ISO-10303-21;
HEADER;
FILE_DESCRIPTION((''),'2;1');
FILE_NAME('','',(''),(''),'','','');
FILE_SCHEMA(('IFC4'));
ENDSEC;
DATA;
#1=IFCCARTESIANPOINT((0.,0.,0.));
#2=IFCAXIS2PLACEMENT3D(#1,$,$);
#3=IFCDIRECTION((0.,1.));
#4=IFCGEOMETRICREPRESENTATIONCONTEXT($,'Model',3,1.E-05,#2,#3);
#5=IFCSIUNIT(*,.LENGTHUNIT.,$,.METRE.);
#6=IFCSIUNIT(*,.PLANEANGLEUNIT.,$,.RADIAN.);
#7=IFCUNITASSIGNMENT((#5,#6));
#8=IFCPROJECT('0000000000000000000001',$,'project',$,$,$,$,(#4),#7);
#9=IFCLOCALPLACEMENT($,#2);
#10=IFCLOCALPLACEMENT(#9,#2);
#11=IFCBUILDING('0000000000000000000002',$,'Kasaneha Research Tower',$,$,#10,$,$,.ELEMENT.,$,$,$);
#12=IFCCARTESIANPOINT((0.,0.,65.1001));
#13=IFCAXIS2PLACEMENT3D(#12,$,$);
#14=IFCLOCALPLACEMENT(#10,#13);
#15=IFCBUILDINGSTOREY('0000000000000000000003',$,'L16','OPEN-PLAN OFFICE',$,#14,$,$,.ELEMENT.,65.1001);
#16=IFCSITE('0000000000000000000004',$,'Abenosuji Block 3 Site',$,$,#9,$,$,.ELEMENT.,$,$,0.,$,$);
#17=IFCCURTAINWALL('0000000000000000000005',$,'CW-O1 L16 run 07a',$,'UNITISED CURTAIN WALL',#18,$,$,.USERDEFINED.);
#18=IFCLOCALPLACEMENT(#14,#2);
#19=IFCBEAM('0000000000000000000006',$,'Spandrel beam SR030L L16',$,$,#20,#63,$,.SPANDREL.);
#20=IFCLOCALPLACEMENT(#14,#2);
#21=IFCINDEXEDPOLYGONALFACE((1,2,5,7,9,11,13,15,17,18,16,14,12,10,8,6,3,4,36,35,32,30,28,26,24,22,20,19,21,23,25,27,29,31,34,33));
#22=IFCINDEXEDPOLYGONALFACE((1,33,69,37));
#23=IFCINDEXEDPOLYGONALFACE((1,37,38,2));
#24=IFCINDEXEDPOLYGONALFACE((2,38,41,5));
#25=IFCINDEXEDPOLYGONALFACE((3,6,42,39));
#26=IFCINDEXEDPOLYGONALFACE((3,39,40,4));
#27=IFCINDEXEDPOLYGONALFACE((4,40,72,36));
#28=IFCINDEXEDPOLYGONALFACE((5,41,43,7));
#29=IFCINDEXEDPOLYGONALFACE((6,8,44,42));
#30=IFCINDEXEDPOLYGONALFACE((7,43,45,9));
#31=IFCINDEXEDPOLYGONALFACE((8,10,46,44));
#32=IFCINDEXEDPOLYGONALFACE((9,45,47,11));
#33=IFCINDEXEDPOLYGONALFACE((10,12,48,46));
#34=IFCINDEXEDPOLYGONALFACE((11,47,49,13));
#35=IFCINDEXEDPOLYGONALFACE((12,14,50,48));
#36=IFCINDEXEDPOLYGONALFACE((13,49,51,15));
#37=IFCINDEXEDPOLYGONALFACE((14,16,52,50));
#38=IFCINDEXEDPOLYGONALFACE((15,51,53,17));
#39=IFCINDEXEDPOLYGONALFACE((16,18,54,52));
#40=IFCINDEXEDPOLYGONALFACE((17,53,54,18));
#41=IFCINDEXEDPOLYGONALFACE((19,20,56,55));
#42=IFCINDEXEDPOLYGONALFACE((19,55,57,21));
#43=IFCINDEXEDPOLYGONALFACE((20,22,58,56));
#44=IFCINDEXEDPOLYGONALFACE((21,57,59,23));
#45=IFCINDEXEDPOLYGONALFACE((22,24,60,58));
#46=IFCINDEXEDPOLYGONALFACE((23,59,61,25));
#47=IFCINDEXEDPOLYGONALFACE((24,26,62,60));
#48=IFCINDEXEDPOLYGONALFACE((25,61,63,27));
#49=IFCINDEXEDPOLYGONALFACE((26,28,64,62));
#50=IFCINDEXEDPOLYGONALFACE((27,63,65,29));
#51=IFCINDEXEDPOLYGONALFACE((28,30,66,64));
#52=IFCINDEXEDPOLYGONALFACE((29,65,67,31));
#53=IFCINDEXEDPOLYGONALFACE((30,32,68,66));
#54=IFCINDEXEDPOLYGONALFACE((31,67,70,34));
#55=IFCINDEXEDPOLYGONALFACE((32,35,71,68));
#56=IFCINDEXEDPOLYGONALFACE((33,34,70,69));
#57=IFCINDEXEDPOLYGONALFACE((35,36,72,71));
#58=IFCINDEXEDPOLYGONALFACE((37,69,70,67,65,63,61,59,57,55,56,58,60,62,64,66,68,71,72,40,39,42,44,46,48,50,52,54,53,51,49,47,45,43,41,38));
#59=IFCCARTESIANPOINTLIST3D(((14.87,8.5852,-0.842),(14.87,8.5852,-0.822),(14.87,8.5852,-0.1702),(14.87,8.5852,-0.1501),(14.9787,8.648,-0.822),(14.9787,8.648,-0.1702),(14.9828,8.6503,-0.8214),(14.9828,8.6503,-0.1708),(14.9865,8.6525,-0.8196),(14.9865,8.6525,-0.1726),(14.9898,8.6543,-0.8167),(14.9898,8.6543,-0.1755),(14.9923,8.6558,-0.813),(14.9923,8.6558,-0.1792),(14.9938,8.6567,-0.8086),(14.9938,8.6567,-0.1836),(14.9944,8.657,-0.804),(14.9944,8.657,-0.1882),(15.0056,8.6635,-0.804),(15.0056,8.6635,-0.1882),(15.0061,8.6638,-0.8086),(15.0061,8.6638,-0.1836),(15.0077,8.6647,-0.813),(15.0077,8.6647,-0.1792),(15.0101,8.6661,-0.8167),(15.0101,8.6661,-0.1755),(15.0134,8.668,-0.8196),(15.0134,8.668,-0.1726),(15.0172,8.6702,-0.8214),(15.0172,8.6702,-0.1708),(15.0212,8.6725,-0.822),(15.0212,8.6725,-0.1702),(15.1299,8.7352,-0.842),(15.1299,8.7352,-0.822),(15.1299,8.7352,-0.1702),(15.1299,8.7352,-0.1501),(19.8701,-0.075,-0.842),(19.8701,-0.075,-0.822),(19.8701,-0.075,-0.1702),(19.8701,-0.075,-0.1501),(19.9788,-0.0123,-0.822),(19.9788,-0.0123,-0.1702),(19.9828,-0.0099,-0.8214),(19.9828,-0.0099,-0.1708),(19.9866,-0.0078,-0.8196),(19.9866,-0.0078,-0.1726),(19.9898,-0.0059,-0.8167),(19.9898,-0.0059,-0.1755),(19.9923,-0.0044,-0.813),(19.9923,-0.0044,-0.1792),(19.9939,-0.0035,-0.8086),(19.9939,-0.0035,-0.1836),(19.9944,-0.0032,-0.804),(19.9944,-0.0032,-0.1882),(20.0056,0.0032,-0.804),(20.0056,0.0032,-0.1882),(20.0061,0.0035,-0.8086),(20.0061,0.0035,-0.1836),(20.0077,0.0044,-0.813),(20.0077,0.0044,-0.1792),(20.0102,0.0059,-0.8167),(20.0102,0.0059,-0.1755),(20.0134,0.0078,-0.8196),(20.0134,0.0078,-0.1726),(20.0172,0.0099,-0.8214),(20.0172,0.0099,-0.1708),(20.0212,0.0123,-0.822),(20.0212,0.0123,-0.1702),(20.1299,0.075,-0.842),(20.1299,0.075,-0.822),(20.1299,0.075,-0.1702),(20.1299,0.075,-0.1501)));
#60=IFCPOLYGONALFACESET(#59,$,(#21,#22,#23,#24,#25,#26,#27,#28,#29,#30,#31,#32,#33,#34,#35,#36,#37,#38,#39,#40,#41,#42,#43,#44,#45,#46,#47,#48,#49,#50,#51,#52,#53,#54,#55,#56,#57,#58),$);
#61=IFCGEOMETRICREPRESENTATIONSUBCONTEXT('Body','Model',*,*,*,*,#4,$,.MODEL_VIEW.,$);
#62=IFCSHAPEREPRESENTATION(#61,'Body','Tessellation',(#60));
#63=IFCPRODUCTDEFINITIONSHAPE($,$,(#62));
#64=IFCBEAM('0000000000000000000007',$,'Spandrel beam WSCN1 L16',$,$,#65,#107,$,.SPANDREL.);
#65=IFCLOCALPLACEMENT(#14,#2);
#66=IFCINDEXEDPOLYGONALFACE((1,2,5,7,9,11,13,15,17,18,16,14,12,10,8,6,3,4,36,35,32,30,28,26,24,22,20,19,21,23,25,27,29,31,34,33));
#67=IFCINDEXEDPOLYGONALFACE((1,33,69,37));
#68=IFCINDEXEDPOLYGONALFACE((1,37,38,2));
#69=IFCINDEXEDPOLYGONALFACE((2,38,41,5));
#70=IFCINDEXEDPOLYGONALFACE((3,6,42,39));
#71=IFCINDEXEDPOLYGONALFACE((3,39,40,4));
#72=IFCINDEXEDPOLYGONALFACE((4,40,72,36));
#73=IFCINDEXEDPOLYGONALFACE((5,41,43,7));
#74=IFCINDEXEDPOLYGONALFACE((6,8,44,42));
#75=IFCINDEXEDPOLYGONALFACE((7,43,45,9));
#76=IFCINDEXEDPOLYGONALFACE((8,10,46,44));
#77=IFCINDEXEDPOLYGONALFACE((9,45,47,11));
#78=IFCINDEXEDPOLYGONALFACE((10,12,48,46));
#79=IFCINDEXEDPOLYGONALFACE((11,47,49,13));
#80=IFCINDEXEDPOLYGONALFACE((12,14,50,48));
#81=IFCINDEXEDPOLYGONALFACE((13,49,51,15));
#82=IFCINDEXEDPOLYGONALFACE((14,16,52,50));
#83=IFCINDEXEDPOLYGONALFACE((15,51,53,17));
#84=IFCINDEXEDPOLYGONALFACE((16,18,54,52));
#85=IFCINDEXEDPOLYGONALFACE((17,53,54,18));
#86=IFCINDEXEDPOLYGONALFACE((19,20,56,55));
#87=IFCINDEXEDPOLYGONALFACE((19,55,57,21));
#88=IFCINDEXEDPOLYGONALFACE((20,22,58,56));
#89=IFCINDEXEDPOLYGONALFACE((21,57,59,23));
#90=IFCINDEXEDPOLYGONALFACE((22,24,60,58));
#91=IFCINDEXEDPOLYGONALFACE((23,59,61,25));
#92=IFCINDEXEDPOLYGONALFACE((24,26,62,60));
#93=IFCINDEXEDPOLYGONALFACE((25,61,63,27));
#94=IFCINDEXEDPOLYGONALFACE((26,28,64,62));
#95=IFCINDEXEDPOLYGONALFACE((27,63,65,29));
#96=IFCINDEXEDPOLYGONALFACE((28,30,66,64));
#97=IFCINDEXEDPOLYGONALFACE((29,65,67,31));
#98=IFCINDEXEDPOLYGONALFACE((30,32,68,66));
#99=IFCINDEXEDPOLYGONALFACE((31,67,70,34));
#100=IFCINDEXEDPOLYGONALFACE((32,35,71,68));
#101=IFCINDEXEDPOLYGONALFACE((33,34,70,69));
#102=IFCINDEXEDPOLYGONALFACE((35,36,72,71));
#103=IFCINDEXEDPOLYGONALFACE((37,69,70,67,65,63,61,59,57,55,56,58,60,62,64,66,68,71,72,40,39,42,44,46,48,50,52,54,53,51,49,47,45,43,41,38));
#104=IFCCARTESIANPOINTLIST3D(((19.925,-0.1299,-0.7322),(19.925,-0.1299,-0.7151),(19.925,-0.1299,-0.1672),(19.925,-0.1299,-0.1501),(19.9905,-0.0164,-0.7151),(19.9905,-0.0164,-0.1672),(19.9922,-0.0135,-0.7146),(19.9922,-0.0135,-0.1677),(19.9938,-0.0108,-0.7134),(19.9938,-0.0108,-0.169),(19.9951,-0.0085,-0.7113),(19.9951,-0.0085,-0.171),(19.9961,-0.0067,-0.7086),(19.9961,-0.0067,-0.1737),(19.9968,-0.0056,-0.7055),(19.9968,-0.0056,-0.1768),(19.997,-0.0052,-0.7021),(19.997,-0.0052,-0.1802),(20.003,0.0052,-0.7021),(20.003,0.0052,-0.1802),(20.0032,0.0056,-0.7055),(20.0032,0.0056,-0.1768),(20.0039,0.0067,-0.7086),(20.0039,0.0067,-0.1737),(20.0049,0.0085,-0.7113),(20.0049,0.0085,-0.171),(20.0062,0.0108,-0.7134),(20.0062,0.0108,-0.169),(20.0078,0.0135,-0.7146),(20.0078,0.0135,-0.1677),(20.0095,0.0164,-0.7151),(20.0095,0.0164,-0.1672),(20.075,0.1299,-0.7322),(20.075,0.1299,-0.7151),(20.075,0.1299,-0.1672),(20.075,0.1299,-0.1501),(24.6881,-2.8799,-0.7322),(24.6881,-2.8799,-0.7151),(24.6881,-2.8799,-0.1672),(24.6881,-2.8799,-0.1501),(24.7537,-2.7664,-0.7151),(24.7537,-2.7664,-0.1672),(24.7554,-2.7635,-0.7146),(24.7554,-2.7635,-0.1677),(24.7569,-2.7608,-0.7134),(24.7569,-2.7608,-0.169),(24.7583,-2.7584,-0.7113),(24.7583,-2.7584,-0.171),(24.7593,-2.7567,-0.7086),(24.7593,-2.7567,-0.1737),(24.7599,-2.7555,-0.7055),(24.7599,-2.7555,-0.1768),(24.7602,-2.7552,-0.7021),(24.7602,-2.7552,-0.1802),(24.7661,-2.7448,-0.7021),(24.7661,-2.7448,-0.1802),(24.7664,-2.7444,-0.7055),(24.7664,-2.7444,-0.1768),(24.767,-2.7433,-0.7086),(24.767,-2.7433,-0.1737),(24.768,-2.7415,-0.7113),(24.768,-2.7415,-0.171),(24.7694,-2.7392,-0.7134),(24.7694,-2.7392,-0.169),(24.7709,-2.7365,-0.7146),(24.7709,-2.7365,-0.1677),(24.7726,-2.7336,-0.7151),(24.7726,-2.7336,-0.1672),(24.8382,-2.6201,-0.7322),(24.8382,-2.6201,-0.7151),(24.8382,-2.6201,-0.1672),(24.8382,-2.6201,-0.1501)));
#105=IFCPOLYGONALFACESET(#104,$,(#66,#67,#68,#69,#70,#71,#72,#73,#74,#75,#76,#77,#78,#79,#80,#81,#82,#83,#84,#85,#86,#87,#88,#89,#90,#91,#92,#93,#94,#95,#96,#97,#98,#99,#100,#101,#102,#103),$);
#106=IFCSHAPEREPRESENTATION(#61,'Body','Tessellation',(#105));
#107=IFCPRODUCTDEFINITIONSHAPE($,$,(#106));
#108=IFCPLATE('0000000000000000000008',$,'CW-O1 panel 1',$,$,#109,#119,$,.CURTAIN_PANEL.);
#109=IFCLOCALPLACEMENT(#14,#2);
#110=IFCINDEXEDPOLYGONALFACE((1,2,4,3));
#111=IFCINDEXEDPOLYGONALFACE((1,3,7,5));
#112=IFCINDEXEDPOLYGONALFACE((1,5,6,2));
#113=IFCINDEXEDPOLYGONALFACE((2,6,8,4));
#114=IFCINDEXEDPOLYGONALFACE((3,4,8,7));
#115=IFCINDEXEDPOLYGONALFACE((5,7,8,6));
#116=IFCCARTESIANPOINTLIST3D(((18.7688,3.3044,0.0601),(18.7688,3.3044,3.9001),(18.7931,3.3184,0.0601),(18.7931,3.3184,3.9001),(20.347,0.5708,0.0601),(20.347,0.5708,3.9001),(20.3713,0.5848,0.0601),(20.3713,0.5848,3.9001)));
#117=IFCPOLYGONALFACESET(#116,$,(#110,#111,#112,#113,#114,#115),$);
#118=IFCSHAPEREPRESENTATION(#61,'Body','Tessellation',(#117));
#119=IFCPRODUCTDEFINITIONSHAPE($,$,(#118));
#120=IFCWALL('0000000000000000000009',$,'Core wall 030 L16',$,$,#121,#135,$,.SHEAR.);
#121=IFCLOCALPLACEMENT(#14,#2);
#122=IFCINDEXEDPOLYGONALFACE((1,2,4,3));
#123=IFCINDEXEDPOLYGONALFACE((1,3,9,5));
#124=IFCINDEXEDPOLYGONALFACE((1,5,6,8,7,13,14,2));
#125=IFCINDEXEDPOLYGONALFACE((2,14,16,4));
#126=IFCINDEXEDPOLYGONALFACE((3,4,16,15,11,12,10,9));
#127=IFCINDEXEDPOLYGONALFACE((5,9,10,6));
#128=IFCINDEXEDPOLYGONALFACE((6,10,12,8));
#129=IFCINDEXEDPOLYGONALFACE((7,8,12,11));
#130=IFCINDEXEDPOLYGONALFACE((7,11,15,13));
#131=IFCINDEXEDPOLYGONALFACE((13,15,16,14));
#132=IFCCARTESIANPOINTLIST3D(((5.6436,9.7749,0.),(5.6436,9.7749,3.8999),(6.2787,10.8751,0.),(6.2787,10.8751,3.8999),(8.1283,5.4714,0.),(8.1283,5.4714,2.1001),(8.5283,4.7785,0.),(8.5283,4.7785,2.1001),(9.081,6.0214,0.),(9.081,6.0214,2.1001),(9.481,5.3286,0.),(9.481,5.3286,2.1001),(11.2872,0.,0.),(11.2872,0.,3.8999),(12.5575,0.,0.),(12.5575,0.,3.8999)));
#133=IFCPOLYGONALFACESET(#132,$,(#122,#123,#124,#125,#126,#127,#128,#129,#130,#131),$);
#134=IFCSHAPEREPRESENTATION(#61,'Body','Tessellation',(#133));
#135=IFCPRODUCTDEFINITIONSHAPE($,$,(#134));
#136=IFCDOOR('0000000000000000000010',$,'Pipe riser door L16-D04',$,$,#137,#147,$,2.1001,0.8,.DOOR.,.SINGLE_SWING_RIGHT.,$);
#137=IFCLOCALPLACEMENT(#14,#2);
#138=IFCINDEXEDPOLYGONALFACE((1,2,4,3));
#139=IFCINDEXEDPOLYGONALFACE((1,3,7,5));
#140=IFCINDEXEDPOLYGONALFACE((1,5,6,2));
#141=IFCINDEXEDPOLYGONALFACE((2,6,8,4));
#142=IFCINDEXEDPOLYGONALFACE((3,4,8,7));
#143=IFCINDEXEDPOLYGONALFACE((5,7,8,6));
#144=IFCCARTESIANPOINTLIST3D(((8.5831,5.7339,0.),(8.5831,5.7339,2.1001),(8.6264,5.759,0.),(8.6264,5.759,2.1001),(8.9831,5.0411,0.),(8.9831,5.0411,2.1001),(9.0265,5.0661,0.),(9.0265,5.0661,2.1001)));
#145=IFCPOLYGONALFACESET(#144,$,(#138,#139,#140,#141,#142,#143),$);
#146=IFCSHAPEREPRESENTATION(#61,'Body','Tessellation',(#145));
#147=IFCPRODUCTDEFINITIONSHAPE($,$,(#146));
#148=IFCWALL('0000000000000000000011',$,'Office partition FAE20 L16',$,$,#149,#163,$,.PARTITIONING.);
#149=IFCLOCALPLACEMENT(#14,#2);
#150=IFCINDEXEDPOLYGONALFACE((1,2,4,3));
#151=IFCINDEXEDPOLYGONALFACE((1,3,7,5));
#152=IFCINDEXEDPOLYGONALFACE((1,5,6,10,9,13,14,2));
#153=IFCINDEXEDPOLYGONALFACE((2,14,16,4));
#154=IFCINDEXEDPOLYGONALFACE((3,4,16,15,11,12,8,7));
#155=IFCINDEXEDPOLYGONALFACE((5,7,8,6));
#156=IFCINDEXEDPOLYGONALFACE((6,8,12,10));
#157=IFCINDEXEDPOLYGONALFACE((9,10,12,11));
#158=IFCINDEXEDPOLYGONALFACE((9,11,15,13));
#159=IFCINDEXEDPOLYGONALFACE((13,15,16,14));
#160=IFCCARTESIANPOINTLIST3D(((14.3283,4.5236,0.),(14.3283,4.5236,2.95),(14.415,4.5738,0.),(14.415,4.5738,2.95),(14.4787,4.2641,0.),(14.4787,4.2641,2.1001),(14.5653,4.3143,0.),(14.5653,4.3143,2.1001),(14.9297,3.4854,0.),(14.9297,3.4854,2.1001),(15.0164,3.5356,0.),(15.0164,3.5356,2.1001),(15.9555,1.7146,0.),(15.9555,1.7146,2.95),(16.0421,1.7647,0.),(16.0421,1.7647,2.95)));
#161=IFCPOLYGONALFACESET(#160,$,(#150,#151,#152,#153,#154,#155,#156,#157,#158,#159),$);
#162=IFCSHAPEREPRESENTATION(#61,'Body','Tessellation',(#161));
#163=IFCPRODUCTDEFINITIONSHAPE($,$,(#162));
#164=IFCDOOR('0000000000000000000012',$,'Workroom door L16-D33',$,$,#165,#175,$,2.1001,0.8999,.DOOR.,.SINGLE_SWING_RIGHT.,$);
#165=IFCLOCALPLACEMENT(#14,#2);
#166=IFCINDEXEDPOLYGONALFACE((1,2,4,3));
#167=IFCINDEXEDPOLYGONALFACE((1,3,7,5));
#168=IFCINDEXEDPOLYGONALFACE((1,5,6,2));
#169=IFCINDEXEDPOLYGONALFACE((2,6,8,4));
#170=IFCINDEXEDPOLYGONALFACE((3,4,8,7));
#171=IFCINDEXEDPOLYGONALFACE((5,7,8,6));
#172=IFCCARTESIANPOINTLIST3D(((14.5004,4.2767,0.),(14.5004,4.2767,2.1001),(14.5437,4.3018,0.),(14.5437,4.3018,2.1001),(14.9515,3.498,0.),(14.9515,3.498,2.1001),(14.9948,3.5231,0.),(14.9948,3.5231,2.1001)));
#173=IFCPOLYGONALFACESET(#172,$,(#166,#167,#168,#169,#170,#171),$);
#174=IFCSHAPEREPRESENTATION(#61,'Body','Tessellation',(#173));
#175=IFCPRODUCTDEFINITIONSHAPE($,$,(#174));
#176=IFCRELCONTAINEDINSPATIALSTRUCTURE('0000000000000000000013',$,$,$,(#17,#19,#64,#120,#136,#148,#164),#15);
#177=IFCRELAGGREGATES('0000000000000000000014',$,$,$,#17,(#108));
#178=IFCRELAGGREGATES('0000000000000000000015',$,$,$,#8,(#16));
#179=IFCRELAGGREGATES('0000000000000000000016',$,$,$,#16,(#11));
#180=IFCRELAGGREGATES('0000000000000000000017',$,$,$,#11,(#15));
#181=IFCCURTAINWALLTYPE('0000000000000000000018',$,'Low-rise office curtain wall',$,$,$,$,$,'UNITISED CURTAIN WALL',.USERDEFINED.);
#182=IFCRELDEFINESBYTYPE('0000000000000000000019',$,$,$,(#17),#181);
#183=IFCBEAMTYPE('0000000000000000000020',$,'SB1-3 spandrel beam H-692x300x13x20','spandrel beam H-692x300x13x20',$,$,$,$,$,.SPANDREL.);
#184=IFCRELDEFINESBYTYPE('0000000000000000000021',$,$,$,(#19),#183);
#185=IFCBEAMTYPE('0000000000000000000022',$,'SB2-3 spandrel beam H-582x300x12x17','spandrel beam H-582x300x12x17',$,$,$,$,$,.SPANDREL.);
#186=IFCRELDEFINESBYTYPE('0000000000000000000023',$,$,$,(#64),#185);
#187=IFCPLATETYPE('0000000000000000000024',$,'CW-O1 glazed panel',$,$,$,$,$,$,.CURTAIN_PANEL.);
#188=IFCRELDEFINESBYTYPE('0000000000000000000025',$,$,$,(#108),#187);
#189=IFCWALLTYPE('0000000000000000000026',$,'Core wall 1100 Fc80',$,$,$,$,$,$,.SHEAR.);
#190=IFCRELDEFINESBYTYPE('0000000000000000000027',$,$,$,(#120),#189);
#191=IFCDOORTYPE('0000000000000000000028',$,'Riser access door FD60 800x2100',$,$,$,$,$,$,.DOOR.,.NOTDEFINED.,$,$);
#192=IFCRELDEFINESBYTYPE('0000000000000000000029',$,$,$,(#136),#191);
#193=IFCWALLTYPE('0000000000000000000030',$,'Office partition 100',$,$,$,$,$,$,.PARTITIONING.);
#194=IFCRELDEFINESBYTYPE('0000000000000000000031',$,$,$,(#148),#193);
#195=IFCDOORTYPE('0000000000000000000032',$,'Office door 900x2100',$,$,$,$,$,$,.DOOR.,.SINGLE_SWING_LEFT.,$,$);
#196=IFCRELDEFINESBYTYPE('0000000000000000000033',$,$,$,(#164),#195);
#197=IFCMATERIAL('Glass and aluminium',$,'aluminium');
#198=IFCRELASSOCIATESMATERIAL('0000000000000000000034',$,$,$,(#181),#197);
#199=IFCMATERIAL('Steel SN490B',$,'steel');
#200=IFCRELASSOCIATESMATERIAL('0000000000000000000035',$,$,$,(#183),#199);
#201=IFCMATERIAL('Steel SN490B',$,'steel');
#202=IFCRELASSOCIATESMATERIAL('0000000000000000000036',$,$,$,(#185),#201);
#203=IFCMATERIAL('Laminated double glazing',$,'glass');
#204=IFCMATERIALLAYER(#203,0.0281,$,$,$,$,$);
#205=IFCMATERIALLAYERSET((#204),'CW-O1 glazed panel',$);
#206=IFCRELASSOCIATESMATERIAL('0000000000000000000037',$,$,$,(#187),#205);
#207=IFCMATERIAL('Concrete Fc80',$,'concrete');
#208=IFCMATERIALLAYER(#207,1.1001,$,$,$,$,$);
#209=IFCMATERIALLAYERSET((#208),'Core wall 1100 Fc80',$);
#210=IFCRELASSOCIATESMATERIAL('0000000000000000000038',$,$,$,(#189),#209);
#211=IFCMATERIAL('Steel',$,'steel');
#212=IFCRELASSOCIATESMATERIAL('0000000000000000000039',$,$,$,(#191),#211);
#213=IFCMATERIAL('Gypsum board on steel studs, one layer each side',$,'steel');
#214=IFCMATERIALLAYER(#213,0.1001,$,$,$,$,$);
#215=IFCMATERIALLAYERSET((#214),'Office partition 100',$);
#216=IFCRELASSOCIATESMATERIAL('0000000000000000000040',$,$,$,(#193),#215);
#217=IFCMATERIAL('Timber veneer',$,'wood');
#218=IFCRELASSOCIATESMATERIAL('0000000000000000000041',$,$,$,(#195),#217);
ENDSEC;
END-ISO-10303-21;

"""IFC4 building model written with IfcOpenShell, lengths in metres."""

from ifc_helpers import new_model, si_unit, direction, frame, frame_2d, origin, origin_2d, place, context, subcontext, project, spatial, polyline, rectangle, i_section, outline, extrude, material, layer, layer_set, material_profile, profile_set, type_object, element, fill, aggregate, save


model = new_model("IFC4")

# Units and contexts
model_context = context("Model", 3, precision=1e-05, world=origin(), true_north=direction((0.0, 1.0)))
body_context = subcontext(model_context, "Body", "Model", "MODEL_VIEW")
ifc_project = project(units=[si_unit("LENGTHUNIT", "METRE"), si_unit("PLANEANGLEUNIT", "RADIAN")], contexts=[model_context])

# Site, building, storey
site_placement = place(None, origin())
site = spatial("IfcSite", under=ifc_project, at=site_placement, Name="Abenosuji Block 3 Site", CompositionType="ELEMENT", RefElevation=0.0)
building_placement = place(site_placement, origin())
building = spatial("IfcBuilding", under=site, at=building_placement, Name="Kasaneha Research Tower", CompositionType="ELEMENT")
storey_placement = place(building_placement, frame((0.0, 0.0, 65.1001)))
storey = spatial("IfcBuildingStorey", under=building, at=storey_placement, Name="L16", Description="OPEN-PLAN OFFICE", CompositionType="ELEMENT", Elevation=65.1001)

# Shared definitions
ifc_material_1 = material(Name="Glass and aluminium", Category="aluminium")
curtain_wall_type = type_object("IfcCurtainWallType", Name="Low-rise office curtain wall", ElementType="UNITISED CURTAIN WALL", PredefinedType="USERDEFINED", material=ifc_material_1)

# Curtain wall
curtain_wall_1_placement = place(storey_placement, origin())
curtain_wall_1 = element("IfcCurtainWall", 1, at=curtain_wall_1_placement, inside=storey, type_object=curtain_wall_type, Name="CW-O1 L16 run 07a", ObjectType="UNITISED CURTAIN WALL", PredefinedType="USERDEFINED")

# Beams
ifc_material_2 = material(Name="Steel SN490B", Category="steel")
ifc_material_profile_1 = material_profile(ifc_material_2, i_section(OverallWidth=0.3, OverallDepth=0.6919, WebThickness=0.0129, FlangeThickness=0.02, FilletRadius=0.0181, at=origin_2d()), Name="H-692x300x13x20")
ifc_profile_set_1 = profile_set([ifc_material_profile_1], Name="Steel SN490B")
beam_type_1 = type_object("IfcBeamType", Name="SB1-3 spandrel beam H-692x300x13x20", Description="spandrel beam H-692x300x13x20", PredefinedType="SPANDREL", material=ifc_profile_set_1)
beam_1_placement = place(storey_placement, frame((20.0, 0.0, -0.4961), z_axis=(-0.500004, 0.866023, 0.0), x_axis=(-0.866023, -0.500004, 0.0)))
element("IfcBeam", 2, at=beam_1_placement, inside=storey, type_object=beam_type_1, Name="Spandrel beam SR030L L16", PredefinedType="SPANDREL", context=body_context, shape_type="SweptSolid", body=[
    extrude(i_section(OverallWidth=0.3, OverallDepth=0.6919, WebThickness=0.0129, FlangeThickness=0.02, FilletRadius=0.0181, at=origin_2d()), origin(), (0.0, 0.0, 1.0), 10.0),
])
ifc_material_3 = material(Name="Steel SN490B", Category="steel")
ifc_material_profile_2 = material_profile(ifc_material_3, i_section(OverallWidth=0.3, OverallDepth=0.582, WebThickness=0.012, FlangeThickness=0.0171, FilletRadius=0.0129, at=origin_2d()), Name="H-582x300x12x17")
ifc_profile_set_2 = profile_set([ifc_material_profile_2], Name="Steel SN490B")
beam_type_2 = type_object("IfcBeamType", Name="SB2-3 spandrel beam H-582x300x12x17", Description="spandrel beam H-582x300x12x17", PredefinedType="SPANDREL", material=ifc_profile_set_2)
beam_2_placement = place(storey_placement, frame((20.0, 0.0, -0.4412), z_axis=(0.866027, -0.499997, 0.0), x_axis=(0.499997, 0.866027, 0.0)))
element("IfcBeam", 3, at=beam_2_placement, inside=storey, type_object=beam_type_2, Name="Spandrel beam WSCN1 L16", PredefinedType="SPANDREL", context=body_context, shape_type="SweptSolid", body=[
    extrude(i_section(OverallWidth=0.3, OverallDepth=0.582, WebThickness=0.012, FlangeThickness=0.0171, FilletRadius=0.0129, at=origin_2d()), origin(), (0.0, 0.0, 1.0), 5.5),
])

# Plate
ifc_material_4 = material(Name="Laminated double glazing", Category="glass")
ifc_layer_1 = layer(ifc_material_4, 0.0281)
ifc_layer_set_1 = layer_set([ifc_layer_1], Name="CW-O1 glazed panel")
plate_type = type_object("IfcPlateType", Name="CW-O1 glazed panel", PredefinedType="CURTAIN_PANEL", material=ifc_layer_set_1)
plate_placement = place(storey_placement, frame((19.5701, 1.9446, 0.0601), z_axis=(0.0, 0.0, 1.0), x_axis=(-0.5, 0.866025, 0.0)))
plate = element("IfcPlate", 4, at=plate_placement, type_object=plate_type, Name="CW-O1 panel 1", PredefinedType="CURTAIN_PANEL", context=body_context, shape_type="SweptSolid", body=[
    extrude(rectangle(XDim=3.1565, YDim=0.0281, at=origin_2d()), origin(), (0.0, 0.0, 1.0), 3.8401),
])
aggregate(curtain_wall_1, [plate])

# Walls, openings, doors
ifc_material_5 = material(Name="Concrete Fc80", Category="concrete")
ifc_layer_2 = layer(ifc_material_5, 1.1001)
ifc_layer_set_2 = layer_set([ifc_layer_2], Name="Core wall 1100 Fc80")
wall_type_1 = type_object("IfcWallType", Name="Core wall 1100 Fc80", PredefinedType="SHEAR", material=ifc_layer_set_2)
wall_1_placement = place(storey_placement, frame((11.9224, 0.0, 0.0), z_axis=(0.0, 0.0, 1.0), x_axis=(-0.500004, 0.866023, 0.0)))
wall_1 = element("IfcWall", 5, at=wall_1_placement, inside=storey, type_object=wall_type_1, Name="Core wall 030 L16", PredefinedType="SHEAR", context=body_context, shape_type="SweptSolid", body=[
    extrude(outline(polyline([(-0.3176, -0.55), (5.8354, -0.55), (6.6355, -0.55), (12.24, -0.55), (11.6047, 0.55), (6.6355, 0.55), (5.8354, 0.55), (0.3176, 0.55), (-0.3176, -0.55)])), origin(), (0.0, 0.0, 1.0), 3.8999),
])
opening_1_placement = place(wall_1_placement, frame((5.8354, 0.0, 0.0)))
opening_1 = element("IfcOpeningElement", 6, at=opening_1_placement, cuts=wall_1, PredefinedType="OPENING", context=body_context, shape_type="SweptSolid", body=[
    extrude(rectangle(XDim=0.8, YDim=2.1001, at=frame_2d((0.3999, 1.05))), frame((0.0, 0.5601, 0.0), z_axis=(0.0, -1.0, 0.0), x_axis=(1.0, 0.0, 0.0)), (0.0, 0.0, 1.0), 1.1201),
])
ifc_material_6 = material(Name="Steel", Category="steel")
door_type_1 = type_object("IfcDoorType", Name="Riser access door FD60 800x2100", OperationType="NOTDEFINED", PredefinedType="DOOR", material=ifc_material_6)
door_1_placement = place(opening_1_placement, origin())
door_1 = element("IfcDoor", 7, at=door_1_placement, inside=storey, type_object=door_type_1, Name="Pipe riser door L16-D04", OperationType="SINGLE_SWING_RIGHT", OverallHeight=2.1001, OverallWidth=0.8, PredefinedType="DOOR", context=body_context, shape_type="SweptSolid", body=[
    extrude(rectangle(XDim=0.8, YDim=2.1001, at=frame_2d((0.3999, 1.05))), frame((0.0, 0.0249, 0.0), z_axis=(0.0, -1.0, 0.0), x_axis=(1.0, 0.0, 0.0)), (0.0, 0.0, 1.0), 0.05),
])
fill(opening_1, door_1)
ifc_material_7 = material(Name="Gypsum board on steel studs, one layer each side", Category="steel")
ifc_layer_3 = layer(ifc_material_7, 0.1001)
ifc_layer_set_3 = layer_set([ifc_layer_3], Name="Office partition 100")
wall_type_2 = type_object("IfcWallType", Name="Office partition 100", PredefinedType="PARTITIONING", material=ifc_layer_set_3)
wall_2_placement = place(storey_placement, frame((15.9988, 1.7397, 0.0), z_axis=(0.0, 0.0, 1.0), x_axis=(-0.501241, 0.865308, 0.0)))
wall_2 = element("IfcWall", 8, at=wall_2_placement, inside=storey, type_object=wall_type_2, Name="Office partition FAE20 L16", PredefinedType="PARTITIONING", context=body_context, shape_type="SweptSolid", body=[
    extrude(rectangle(XDim=3.2463, YDim=0.1001, at=frame_2d((1.623, 0.0))), origin(), (0.0, 0.0, 1.0), 2.95),
])
opening_2_placement = place(wall_2_placement, frame((2.0464, 0.0, 0.0)))
opening_2 = element("IfcOpeningElement", 9, at=opening_2_placement, cuts=wall_2, PredefinedType="OPENING", context=body_context, shape_type="SweptSolid", body=[
    extrude(rectangle(XDim=0.8999, YDim=2.1001, at=frame_2d((0.45, 1.05))), frame((0.0, 0.0601, 0.0), z_axis=(0.0, -1.0, 0.0), x_axis=(1.0, 0.0, 0.0)), (0.0, 0.0, 1.0), 0.1201),
])
ifc_material_8 = material(Name="Timber veneer", Category="wood")
door_type_2 = type_object("IfcDoorType", Name="Office door 900x2100", OperationType="SINGLE_SWING_LEFT", PredefinedType="DOOR", material=ifc_material_8)
door_2_placement = place(opening_2_placement, origin())
door_2 = element("IfcDoor", 10, at=door_2_placement, inside=storey, type_object=door_type_2, Name="Workroom door L16-D33", OperationType="SINGLE_SWING_RIGHT", OverallHeight=2.1001, OverallWidth=0.8999, PredefinedType="DOOR", context=body_context, shape_type="SweptSolid", body=[
    extrude(rectangle(XDim=0.8999, YDim=2.1001, at=frame_2d((0.45, 1.05))), frame((0.0, 0.0249, 0.0), z_axis=(0.0, -1.0, 0.0), x_axis=(1.0, 0.0, 0.0)), (0.0, 0.0, 1.0), 0.05),
])
fill(opening_2, door_2)

save(model, "model.ifc")
